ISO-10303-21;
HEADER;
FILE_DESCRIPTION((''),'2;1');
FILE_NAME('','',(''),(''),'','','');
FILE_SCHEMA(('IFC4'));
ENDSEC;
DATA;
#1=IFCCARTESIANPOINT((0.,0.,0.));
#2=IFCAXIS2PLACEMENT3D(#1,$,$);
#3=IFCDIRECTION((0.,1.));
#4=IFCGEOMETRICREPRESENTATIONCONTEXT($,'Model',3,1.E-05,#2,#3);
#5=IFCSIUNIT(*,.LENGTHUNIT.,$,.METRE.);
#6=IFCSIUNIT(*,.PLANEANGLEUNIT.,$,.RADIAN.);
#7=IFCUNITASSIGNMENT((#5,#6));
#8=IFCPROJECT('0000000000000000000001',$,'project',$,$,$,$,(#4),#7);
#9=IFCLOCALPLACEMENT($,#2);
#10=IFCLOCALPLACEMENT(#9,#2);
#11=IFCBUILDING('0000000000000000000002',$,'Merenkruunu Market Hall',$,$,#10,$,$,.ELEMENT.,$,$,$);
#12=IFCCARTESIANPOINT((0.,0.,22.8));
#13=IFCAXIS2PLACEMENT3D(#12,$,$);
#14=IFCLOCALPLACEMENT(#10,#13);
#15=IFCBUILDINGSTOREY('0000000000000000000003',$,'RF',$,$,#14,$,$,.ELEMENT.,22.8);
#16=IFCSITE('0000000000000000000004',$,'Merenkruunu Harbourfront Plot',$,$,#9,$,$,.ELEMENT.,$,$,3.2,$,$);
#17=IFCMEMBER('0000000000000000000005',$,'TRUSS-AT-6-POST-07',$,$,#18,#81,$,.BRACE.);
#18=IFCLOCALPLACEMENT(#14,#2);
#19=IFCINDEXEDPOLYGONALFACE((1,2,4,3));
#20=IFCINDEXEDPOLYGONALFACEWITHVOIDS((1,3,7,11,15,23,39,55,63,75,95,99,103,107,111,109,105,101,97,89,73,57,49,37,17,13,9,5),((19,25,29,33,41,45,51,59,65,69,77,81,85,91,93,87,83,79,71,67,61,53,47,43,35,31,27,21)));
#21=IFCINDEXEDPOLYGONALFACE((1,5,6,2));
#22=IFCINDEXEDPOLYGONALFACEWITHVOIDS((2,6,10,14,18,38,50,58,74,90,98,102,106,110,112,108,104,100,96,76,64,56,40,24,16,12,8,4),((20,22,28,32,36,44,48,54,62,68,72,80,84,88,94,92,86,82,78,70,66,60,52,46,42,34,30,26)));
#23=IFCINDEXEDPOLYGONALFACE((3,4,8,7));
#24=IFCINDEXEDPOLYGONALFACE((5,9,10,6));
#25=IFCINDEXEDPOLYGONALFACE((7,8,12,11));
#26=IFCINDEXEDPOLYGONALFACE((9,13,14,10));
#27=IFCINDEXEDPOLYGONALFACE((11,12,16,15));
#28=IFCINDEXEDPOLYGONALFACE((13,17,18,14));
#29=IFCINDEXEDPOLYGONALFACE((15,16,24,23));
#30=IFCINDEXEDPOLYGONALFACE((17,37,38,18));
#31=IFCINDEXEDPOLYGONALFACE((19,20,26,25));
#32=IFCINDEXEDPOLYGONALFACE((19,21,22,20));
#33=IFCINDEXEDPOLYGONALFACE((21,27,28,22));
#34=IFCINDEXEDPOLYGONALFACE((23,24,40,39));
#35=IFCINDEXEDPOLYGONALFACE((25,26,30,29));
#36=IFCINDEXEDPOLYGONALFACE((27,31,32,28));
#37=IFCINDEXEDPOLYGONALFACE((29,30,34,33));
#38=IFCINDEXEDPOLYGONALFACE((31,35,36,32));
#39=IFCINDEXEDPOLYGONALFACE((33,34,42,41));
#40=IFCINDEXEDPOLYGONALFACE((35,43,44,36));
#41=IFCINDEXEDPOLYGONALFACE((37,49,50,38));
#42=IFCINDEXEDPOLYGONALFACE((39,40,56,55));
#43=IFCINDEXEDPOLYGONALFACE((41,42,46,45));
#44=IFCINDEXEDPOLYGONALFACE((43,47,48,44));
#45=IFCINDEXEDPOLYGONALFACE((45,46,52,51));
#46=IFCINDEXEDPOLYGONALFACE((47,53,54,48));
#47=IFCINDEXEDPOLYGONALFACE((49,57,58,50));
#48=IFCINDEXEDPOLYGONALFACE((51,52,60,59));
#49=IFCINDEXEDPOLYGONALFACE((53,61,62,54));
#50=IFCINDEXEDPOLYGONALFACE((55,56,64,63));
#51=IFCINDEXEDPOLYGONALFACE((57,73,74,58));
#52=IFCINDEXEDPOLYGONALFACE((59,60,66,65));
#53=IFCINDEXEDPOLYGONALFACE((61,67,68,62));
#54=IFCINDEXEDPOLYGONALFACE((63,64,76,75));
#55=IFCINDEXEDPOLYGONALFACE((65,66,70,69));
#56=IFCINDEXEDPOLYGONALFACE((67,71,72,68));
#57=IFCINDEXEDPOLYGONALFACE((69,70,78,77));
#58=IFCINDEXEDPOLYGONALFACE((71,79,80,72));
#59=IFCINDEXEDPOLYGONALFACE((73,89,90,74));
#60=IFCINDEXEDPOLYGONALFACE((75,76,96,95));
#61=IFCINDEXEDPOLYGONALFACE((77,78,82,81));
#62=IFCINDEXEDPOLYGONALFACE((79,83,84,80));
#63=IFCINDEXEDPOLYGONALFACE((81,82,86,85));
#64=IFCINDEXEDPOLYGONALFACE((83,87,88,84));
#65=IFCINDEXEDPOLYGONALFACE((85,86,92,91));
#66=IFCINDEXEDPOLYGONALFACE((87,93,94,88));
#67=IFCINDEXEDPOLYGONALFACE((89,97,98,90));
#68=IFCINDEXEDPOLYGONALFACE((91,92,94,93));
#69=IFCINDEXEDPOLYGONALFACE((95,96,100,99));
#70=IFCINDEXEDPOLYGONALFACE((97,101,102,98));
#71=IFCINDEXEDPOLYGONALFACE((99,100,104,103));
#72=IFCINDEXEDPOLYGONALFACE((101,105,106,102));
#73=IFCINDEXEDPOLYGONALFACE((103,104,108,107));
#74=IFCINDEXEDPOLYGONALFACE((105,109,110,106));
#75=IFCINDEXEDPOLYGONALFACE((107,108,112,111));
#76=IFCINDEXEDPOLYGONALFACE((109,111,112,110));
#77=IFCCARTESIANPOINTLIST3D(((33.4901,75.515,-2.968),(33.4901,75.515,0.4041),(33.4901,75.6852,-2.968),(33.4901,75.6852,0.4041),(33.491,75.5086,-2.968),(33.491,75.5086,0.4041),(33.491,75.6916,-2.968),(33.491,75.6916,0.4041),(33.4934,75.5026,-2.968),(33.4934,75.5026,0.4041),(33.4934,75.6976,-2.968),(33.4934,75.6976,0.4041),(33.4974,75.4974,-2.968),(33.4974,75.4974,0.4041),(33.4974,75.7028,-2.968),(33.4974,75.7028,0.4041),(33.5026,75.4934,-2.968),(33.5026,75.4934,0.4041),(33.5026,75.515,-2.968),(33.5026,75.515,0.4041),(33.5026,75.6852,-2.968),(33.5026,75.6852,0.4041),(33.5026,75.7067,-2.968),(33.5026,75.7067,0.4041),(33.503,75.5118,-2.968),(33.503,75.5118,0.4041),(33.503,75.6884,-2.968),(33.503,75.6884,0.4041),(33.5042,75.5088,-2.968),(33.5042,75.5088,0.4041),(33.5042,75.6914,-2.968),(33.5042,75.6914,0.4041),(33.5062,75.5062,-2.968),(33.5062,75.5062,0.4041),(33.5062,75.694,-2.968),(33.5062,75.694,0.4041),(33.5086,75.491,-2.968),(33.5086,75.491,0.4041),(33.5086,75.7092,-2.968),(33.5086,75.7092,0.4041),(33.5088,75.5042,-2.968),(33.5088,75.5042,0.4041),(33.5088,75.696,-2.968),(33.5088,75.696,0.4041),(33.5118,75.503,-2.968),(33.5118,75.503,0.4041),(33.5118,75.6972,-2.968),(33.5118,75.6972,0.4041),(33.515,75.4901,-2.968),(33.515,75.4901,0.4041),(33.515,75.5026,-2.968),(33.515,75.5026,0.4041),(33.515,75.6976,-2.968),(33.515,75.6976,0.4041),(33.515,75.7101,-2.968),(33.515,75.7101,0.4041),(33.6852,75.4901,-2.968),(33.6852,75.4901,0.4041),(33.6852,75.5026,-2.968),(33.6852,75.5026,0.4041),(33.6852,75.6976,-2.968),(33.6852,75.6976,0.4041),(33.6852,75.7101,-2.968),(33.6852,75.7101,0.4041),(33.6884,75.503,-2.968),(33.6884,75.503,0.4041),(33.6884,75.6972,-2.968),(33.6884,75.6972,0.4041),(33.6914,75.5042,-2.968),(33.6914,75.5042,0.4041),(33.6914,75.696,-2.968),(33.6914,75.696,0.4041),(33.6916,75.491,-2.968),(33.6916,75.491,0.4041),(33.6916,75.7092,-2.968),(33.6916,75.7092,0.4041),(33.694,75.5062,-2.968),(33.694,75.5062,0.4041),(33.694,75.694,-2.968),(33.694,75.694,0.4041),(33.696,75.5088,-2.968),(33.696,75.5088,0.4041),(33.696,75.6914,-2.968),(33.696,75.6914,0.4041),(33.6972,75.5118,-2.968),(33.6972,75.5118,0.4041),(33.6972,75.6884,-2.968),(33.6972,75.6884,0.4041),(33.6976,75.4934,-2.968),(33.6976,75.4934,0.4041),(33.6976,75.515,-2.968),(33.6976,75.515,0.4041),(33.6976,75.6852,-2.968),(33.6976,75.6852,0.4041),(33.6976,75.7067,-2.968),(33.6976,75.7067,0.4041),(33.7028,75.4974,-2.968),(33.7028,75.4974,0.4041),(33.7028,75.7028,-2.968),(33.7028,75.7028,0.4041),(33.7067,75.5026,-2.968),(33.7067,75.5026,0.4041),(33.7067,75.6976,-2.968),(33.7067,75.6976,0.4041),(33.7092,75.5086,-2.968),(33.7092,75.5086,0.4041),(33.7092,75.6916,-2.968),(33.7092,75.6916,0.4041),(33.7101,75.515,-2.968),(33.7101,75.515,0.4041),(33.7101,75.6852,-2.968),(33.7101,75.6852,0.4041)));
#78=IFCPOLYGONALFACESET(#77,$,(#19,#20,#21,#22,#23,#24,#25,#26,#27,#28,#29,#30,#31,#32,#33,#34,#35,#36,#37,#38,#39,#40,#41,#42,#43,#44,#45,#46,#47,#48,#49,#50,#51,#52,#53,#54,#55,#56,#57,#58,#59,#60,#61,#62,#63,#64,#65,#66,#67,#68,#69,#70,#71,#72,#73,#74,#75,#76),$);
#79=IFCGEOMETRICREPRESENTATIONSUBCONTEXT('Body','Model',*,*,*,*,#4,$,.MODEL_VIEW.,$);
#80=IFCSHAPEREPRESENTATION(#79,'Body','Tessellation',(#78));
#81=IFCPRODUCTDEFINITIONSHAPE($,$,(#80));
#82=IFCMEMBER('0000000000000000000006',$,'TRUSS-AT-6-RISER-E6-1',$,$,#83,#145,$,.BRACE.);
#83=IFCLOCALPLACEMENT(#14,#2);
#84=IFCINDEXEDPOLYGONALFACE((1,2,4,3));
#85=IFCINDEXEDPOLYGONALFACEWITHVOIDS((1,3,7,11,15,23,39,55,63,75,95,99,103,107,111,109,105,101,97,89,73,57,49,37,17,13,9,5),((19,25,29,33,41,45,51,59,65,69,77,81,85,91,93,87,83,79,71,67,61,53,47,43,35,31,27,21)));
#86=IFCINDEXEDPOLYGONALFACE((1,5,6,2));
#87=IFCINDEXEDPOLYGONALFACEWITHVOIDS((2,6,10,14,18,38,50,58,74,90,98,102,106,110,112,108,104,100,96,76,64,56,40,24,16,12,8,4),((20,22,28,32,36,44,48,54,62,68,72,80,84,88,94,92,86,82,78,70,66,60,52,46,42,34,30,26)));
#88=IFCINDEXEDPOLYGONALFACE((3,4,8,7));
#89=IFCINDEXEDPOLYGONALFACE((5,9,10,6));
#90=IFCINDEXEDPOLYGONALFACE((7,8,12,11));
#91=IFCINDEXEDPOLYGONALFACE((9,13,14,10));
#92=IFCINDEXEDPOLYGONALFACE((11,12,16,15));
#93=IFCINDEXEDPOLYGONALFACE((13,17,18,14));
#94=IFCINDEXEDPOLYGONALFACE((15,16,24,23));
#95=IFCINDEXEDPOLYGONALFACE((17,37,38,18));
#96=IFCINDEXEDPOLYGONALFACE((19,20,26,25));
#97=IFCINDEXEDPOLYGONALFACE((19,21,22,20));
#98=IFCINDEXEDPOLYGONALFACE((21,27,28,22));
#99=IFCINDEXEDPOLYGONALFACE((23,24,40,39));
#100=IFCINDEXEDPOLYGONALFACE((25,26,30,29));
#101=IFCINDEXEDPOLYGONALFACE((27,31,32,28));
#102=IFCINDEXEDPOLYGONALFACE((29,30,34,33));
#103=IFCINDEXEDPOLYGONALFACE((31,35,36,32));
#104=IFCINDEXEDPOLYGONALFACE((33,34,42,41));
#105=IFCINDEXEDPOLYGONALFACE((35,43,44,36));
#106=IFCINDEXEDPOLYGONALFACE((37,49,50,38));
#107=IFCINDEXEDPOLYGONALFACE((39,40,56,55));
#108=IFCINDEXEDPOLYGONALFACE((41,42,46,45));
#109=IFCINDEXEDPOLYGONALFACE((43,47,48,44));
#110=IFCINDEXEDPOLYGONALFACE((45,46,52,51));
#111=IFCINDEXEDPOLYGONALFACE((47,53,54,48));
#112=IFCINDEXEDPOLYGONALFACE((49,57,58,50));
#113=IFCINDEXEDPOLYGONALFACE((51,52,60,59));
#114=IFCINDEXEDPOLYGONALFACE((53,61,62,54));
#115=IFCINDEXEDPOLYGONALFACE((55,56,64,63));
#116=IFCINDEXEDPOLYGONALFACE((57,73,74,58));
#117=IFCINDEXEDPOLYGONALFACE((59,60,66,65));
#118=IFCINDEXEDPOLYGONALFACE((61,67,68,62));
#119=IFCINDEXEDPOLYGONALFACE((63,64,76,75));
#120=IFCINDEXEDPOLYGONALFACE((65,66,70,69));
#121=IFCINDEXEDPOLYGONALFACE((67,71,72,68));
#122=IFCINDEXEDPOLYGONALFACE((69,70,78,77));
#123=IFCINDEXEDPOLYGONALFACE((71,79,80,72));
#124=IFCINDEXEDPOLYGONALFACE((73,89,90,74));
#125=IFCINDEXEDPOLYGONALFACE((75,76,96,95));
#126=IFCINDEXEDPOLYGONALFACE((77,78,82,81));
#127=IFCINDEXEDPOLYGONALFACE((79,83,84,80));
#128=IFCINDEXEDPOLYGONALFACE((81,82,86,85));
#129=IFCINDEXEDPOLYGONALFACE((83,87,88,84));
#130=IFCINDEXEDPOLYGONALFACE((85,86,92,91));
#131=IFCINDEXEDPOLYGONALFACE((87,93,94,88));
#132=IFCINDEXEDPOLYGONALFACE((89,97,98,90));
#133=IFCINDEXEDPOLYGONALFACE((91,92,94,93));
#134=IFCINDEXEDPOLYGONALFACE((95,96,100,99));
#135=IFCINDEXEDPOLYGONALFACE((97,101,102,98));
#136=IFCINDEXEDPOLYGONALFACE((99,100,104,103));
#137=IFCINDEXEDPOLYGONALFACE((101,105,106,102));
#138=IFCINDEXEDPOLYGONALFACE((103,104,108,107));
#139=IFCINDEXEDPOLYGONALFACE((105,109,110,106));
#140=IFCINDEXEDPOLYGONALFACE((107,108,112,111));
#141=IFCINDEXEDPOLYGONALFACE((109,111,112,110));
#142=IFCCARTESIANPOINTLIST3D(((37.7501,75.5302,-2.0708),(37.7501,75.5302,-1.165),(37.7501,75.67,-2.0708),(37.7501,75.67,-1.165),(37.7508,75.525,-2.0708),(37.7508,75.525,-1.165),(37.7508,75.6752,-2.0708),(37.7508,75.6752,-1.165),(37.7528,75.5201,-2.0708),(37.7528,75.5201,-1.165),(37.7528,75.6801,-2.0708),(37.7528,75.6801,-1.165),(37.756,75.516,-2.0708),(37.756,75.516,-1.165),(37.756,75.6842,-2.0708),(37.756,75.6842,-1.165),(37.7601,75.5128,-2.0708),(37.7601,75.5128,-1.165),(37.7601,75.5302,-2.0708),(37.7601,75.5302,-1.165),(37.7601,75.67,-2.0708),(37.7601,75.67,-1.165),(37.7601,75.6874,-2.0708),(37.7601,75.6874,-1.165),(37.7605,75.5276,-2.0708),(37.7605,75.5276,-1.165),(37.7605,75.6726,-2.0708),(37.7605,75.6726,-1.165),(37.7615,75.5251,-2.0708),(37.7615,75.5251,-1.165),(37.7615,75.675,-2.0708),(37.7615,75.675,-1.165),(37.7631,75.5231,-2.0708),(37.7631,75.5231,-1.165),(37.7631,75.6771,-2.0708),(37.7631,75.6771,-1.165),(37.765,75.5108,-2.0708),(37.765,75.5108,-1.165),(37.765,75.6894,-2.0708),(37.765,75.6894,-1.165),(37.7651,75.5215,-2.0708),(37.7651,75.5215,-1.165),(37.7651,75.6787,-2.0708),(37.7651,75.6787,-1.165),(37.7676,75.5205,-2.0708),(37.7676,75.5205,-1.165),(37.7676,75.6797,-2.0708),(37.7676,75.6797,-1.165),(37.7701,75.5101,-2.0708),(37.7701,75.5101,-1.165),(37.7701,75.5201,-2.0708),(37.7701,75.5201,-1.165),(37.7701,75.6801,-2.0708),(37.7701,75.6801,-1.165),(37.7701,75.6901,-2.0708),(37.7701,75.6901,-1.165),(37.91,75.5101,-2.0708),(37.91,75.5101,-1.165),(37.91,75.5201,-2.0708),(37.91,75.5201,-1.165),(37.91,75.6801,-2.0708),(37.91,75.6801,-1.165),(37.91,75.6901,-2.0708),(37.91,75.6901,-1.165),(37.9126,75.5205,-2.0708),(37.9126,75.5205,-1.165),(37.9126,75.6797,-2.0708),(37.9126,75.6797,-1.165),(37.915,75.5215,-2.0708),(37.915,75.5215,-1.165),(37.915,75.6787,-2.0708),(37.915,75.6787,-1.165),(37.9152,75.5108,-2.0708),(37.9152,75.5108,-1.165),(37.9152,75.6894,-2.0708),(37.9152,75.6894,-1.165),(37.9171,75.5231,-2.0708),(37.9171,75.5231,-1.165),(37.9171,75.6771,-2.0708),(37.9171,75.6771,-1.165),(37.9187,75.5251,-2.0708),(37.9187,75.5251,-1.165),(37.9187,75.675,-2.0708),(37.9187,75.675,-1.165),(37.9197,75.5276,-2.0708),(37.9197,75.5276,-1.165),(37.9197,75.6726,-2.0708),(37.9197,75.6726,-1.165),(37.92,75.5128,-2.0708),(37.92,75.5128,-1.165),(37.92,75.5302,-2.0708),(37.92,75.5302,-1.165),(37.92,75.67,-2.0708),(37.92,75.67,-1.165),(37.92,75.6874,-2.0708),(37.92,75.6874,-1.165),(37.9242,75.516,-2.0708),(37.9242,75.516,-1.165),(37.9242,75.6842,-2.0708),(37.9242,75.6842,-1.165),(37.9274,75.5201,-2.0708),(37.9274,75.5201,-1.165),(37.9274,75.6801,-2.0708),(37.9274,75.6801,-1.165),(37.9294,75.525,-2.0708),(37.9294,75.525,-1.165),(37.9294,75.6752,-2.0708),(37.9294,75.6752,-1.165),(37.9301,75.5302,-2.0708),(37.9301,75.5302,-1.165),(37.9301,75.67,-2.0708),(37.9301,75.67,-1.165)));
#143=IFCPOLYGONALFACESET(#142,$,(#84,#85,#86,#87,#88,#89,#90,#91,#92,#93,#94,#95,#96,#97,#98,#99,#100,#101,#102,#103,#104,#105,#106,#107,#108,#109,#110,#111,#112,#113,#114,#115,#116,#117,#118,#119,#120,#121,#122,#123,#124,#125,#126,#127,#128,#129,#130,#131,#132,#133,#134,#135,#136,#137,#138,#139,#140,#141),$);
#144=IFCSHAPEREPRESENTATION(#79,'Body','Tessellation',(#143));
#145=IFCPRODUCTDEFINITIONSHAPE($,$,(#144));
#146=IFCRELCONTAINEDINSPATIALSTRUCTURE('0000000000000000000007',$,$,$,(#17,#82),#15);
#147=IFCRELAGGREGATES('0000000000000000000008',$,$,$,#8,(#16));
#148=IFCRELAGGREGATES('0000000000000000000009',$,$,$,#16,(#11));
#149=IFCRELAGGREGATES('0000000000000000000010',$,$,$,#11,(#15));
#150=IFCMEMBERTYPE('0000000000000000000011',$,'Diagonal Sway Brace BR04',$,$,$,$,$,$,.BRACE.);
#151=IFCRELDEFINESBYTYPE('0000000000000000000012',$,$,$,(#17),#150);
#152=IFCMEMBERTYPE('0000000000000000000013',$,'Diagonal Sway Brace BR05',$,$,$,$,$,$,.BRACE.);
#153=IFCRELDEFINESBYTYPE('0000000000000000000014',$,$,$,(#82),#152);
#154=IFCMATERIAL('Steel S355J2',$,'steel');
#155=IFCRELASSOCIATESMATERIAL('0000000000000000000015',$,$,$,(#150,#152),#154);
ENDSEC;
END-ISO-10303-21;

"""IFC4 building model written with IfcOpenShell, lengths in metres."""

from ifc_helpers import new_model, si_unit, direction, frame, origin, origin_2d, place, context, subcontext, project, spatial, hollow_rectangle, extrude, material, material_profile, profile_set, type_object, element, save


model = new_model("IFC4")

# Units and contexts
model_context = context("Model", 3, precision=1e-05, world=origin(), true_north=direction((0.0, 1.0)))
body_context = subcontext(model_context, "Body", "Model", "MODEL_VIEW")
ifc_project = project(units=[si_unit("LENGTHUNIT", "METRE"), si_unit("PLANEANGLEUNIT", "RADIAN")], contexts=[model_context])

# Site, building, storey
site_placement = place(None, origin())
site = spatial("IfcSite", under=ifc_project, at=site_placement, Name="Merenkruunu Harbourfront Plot", CompositionType="ELEMENT", RefElevation=3.2)
building_placement = place(site_placement, origin())
building = spatial("IfcBuilding", under=site, at=building_placement, Name="Merenkruunu Market Hall", CompositionType="ELEMENT")
storey_placement = place(building_placement, frame((0.0, 0.0, 22.8)))
storey = spatial("IfcBuildingStorey", under=building, at=storey_placement, Name="RF", CompositionType="ELEMENT", Elevation=22.8)

# Members
ifc_material_1 = material(Name="Steel S355J2", Category="steel")
ifc_material_profile_1 = material_profile(ifc_material_1, hollow_rectangle(XDim=0.22, YDim=0.22, WallThickness=0.0125, InnerFilletRadius=0.0125, OuterFilletRadius=0.0249, at=origin_2d()), Name="SHS 220x220x12.5")
ifc_profile_set_1 = profile_set([ifc_material_profile_1], Name="Steel S355J2")
member_type_1 = type_object("IfcMemberType", Name="Diagonal Sway Brace BR04", PredefinedType="BRACE", material=ifc_profile_set_1)
member_1_placement = place(storey_placement, frame((33.6001, 75.6001, -2.968), z_axis=(0.0, 0.0, 1.0), x_axis=(1.0, 0.0, 0.0)))
element("IfcMember", 1, at=member_1_placement, inside=storey, type_object=member_type_1, Name="TRUSS-AT-6-POST-07", PredefinedType="BRACE", context=body_context, shape_type="SweptSolid", body=[
    extrude(hollow_rectangle(XDim=0.22, YDim=0.22, WallThickness=0.0125, InnerFilletRadius=0.0125, OuterFilletRadius=0.0249, at=origin_2d()), origin(), (0.0, 0.0, 1.0), 3.3721),
])
ifc_material_profile_2 = material_profile(ifc_material_1, hollow_rectangle(XDim=0.1799, YDim=0.1799, WallThickness=0.01, InnerFilletRadius=0.01, OuterFilletRadius=0.02, at=origin_2d()), Name="SHS 180x180x10")
ifc_profile_set_2 = profile_set([ifc_material_profile_2], Name="Steel S355J2")
member_type_2 = type_object("IfcMemberType", Name="Diagonal Sway Brace BR05", PredefinedType="BRACE", material=ifc_profile_set_2)
member_2_placement = place(storey_placement, frame((37.8401, 75.6001, -2.0708), z_axis=(0.0, 0.0, 1.0), x_axis=(1.0, 0.0, 0.0)))
element("IfcMember", 2, at=member_2_placement, inside=storey, type_object=member_type_2, Name="TRUSS-AT-6-RISER-E6-1", PredefinedType="BRACE", context=body_context, shape_type="SweptSolid", body=[
    extrude(hollow_rectangle(XDim=0.1799, YDim=0.1799, WallThickness=0.01, InnerFilletRadius=0.01, OuterFilletRadius=0.02, at=origin_2d()), origin(), (0.0, 0.0, 1.0), 0.9058),
])

save(model, "model.ifc")
